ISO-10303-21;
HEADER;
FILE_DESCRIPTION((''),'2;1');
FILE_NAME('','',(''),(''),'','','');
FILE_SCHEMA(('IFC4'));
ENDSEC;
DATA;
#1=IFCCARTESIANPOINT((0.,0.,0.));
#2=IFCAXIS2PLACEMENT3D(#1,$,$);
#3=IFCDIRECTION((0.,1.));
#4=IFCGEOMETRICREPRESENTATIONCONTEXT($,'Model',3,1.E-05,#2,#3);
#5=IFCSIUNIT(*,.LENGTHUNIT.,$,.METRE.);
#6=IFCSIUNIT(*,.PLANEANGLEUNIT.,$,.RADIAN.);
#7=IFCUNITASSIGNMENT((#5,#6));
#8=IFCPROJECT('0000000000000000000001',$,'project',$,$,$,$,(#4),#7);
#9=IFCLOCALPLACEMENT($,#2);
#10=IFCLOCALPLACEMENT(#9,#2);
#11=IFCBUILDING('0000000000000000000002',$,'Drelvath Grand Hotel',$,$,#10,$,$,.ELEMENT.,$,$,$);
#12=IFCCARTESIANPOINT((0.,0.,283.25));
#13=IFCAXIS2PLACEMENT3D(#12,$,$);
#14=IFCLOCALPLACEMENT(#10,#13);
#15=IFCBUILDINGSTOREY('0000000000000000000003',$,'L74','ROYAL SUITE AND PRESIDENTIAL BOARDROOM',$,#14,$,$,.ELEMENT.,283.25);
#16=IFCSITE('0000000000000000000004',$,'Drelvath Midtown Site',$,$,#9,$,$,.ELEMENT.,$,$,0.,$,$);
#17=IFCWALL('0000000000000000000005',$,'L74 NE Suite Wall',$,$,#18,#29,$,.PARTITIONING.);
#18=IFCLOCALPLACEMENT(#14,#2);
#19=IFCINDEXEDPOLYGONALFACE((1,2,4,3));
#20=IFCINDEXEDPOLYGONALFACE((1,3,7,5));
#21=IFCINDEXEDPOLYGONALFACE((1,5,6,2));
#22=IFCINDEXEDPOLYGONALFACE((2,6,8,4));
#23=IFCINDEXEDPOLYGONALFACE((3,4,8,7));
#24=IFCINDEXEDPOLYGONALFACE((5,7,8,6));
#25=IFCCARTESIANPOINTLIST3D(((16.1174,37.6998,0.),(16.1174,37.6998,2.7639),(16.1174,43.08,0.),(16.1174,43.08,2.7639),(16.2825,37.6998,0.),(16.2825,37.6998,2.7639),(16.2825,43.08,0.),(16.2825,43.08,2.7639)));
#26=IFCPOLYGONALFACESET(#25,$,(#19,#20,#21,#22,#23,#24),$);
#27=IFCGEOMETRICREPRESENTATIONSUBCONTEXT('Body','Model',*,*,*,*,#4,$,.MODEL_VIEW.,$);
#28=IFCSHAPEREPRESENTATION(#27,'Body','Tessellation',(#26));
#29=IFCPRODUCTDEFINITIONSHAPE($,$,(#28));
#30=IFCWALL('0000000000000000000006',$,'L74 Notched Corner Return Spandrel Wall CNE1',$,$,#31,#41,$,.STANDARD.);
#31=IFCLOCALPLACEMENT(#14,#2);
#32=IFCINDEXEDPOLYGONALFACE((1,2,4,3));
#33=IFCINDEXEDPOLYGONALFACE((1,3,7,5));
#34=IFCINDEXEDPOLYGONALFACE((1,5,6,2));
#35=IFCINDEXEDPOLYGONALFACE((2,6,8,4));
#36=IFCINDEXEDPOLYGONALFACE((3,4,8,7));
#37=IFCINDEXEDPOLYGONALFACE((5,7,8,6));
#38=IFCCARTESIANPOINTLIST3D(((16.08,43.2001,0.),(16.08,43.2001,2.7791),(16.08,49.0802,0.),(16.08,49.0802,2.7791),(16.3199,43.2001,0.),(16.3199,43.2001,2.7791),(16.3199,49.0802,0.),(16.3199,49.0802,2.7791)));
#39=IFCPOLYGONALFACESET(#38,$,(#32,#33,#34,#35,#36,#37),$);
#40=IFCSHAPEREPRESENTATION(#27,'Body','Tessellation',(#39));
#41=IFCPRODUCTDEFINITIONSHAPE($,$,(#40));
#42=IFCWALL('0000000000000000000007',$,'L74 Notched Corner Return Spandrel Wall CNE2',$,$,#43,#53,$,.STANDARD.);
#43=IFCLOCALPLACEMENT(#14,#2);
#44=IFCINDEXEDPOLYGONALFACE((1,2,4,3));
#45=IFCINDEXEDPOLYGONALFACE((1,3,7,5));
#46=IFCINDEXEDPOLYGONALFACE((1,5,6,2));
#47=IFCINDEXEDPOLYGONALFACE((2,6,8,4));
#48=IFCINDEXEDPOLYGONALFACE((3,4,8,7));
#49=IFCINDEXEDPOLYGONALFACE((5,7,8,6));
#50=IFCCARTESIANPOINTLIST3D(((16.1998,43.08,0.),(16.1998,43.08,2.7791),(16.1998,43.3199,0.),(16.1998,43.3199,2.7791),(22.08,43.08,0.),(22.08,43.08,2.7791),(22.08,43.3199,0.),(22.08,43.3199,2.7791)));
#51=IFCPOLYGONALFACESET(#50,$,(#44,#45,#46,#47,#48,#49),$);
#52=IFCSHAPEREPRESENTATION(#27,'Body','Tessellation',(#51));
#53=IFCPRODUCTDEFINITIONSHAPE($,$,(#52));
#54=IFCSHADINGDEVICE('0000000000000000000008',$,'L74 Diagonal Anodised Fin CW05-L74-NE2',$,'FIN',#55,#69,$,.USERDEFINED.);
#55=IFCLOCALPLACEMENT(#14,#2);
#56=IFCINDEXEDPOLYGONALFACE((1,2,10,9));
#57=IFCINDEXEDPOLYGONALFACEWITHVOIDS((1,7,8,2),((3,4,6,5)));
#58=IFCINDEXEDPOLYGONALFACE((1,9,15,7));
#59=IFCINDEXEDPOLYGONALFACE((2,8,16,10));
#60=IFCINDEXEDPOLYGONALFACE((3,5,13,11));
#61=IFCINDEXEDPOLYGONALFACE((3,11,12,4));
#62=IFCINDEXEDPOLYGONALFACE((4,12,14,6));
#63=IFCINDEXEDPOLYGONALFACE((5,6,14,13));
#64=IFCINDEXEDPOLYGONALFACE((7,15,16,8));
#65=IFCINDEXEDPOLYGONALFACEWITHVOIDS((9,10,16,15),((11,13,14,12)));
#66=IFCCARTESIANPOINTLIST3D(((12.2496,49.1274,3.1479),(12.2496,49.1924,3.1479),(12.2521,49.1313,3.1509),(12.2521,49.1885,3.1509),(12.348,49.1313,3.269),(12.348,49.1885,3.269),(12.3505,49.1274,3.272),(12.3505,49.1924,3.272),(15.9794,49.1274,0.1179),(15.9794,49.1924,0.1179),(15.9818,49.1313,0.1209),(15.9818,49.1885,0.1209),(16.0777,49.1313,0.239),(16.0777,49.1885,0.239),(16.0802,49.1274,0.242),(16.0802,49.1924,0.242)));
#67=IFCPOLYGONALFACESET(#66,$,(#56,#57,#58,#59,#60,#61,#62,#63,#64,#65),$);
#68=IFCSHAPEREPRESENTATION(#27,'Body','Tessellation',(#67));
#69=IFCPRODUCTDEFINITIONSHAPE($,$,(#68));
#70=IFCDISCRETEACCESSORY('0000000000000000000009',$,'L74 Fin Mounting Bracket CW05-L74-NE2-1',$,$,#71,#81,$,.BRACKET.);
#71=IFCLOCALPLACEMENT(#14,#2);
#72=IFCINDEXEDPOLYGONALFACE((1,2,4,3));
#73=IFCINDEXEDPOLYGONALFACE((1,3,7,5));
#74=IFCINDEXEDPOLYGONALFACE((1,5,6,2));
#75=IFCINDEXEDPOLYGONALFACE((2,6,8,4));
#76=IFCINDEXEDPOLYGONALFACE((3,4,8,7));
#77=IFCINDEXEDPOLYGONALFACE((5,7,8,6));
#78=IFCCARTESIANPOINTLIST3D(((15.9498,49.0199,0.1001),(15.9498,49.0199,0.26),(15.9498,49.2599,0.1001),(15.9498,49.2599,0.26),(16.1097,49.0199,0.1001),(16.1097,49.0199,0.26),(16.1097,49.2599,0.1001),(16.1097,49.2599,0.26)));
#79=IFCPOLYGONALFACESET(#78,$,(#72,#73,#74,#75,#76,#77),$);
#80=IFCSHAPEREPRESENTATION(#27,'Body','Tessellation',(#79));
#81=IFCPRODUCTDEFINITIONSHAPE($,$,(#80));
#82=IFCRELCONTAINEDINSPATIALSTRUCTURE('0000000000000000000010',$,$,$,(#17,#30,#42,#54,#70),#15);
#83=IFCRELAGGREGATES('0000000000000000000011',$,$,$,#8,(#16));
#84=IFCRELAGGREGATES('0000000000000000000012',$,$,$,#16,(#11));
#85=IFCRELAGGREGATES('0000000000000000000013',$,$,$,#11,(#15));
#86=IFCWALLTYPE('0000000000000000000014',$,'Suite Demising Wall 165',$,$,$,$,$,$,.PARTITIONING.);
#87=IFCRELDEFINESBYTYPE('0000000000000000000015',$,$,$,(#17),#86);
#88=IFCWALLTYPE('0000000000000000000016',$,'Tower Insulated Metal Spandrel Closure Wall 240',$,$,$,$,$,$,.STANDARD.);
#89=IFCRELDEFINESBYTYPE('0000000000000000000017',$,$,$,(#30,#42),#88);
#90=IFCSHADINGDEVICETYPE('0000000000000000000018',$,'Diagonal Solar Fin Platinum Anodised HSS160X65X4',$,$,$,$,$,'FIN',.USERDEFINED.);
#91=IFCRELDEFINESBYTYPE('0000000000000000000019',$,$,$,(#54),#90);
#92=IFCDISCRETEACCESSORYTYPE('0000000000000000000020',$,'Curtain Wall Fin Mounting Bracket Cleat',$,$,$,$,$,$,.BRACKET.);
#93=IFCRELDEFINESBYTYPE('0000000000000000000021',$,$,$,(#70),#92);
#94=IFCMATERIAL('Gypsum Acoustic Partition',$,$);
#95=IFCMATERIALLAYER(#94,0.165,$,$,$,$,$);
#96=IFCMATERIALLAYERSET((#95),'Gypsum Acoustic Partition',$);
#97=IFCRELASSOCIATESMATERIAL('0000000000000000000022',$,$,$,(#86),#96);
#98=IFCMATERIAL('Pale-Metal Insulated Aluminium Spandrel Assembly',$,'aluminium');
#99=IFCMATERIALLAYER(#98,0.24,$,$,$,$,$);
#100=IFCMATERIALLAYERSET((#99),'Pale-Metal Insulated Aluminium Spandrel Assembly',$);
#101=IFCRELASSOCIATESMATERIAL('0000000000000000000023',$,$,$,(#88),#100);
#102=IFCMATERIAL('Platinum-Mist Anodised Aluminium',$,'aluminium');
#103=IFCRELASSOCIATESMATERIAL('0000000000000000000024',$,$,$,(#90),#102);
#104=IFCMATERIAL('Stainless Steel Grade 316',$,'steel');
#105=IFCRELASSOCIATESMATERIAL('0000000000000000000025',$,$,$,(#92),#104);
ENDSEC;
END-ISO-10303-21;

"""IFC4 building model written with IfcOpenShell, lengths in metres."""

from ifc_helpers import new_model, si_unit, direction, frame, frame_2d, origin, origin_2d, place, context, subcontext, project, spatial, rectangle, hollow_rectangle, extrude, material, layer, layer_set, material_profile, profile_set, type_object, element, save


model = new_model("IFC4")

# Units and contexts
model_context = context("Model", 3, precision=1e-05, world=origin(), true_north=direction((0.0, 1.0)))
body_context = subcontext(model_context, "Body", "Model", "MODEL_VIEW")
ifc_project = project(units=[si_unit("LENGTHUNIT", "METRE"), si_unit("PLANEANGLEUNIT", "RADIAN")], contexts=[model_context])

# Site, building, storey
site_placement = place(None, origin())
site = spatial("IfcSite", under=ifc_project, at=site_placement, Name="Drelvath Midtown Site", CompositionType="ELEMENT", RefElevation=0.0)
building_placement = place(site_placement, origin())
building = spatial("IfcBuilding", under=site, at=building_placement, Name="Drelvath Grand Hotel", CompositionType="ELEMENT")
storey_placement = place(building_placement, frame((0.0, 0.0, 283.25)))
storey = spatial("IfcBuildingStorey", under=building, at=storey_placement, Name="L74", Description="ROYAL SUITE AND PRESIDENTIAL BOARDROOM", CompositionType="ELEMENT", Elevation=283.25)

# Walls
ifc_material_1 = material(Name="Gypsum Acoustic Partition")
ifc_layer_1 = layer(ifc_material_1, 0.165)
ifc_layer_set_1 = layer_set([ifc_layer_1], Name="Gypsum Acoustic Partition")
wall_type_1 = type_object("IfcWallType", Name="Suite Demising Wall 165", PredefinedType="PARTITIONING", material=ifc_layer_set_1)
wall_1_placement = place(storey_placement, frame((16.2, 37.7, 0.0), z_axis=(0.0, 0.0, 1.0), x_axis=(0.0, 1.0, 0.0)))
element("IfcWall", 1, at=wall_1_placement, inside=storey, type_object=wall_type_1, Name="L74 NE Suite Wall", PredefinedType="PARTITIONING", context=body_context, shape_type="SweptSolid", body=[
    extrude(rectangle(XDim=5.3801, YDim=0.165, at=frame_2d((2.6899, 0.0))), origin(), (0.0, 0.0, 1.0), 2.7639),
])
ifc_material_2 = material(Name="Pale-Metal Insulated Aluminium Spandrel Assembly", Category="aluminium")
ifc_layer_2 = layer(ifc_material_2, 0.24)
ifc_layer_set_2 = layer_set([ifc_layer_2], Name="Pale-Metal Insulated Aluminium Spandrel Assembly")
wall_type_2 = type_object("IfcWallType", Name="Tower Insulated Metal Spandrel Closure Wall 240", PredefinedType="STANDARD", material=ifc_layer_set_2)
for number, where, z_axis, x_axis, name in (
    (2, (16.2, 49.0801, 0.0), (0.0, 0.0, 1.0), (0.0, -1.0, 0.0), "L74 Notched Corner Return Spandrel Wall CNE1"),
    (3, (16.2, 43.2, 0.0), (0.0, 0.0, 1.0), (1.0, 0.0, 0.0), "L74 Notched Corner Return Spandrel Wall CNE2"),
):
    element("IfcWall", number, at=place(storey_placement, frame(where, z_axis=z_axis, x_axis=x_axis)), inside=storey, type_object=wall_type_2, Name=name, PredefinedType="STANDARD", context=body_context, shape_type="SweptSolid", body=[
        extrude(rectangle(XDim=5.8801, YDim=0.24, at=frame_2d((2.9399, 0.0))), origin(), (0.0, 0.0, 1.0), 2.7791),
    ])

# Shading device
ifc_material_3 = material(Name="Platinum-Mist Anodised Aluminium", Category="aluminium")
ifc_material_profile_1 = material_profile(ifc_material_3, hollow_rectangle(XDim=0.0649, YDim=0.1599, WallThickness=0.0039, at=origin_2d()), Name="HSS160X65X4")
ifc_profile_set_1 = profile_set([ifc_material_profile_1], Name="Platinum-Mist Anodised Aluminium")
shading_device_type = type_object("IfcShadingDeviceType", Name="Diagonal Solar Fin Platinum Anodised HSS160X65X4", ElementType="FIN", PredefinedType="USERDEFINED", material=ifc_profile_set_1)
shading_device_placement = place(storey_placement, frame((16.0298, 49.1599, 0.1799), z_axis=(-0.776153, 0.0, 0.630545), x_axis=(0.0, -1.0, 0.0)))
element("IfcShadingDevice", 4, at=shading_device_placement, inside=storey, type_object=shading_device_type, Name="L74 Diagonal Anodised Fin CW05-L74-NE2", ObjectType="FIN", PredefinedType="USERDEFINED", context=body_context, shape_type="SweptSolid", body=[
    extrude(hollow_rectangle(XDim=0.0649, YDim=0.1599, WallThickness=0.0039, at=origin_2d()), origin(), (0.0, 0.0, 1.0), 4.8054),
])

# Discrete accessory
ifc_material_4 = material(Name="Stainless Steel Grade 316", Category="steel")
discrete_accessory_type = type_object("IfcDiscreteAccessoryType", Name="Curtain Wall Fin Mounting Bracket Cleat", PredefinedType="BRACKET", material=ifc_material_4)
discrete_accessory_placement = place(storey_placement, frame((16.0298, 49.1399, 0.1001), z_axis=(0.0, 0.0, 1.0), x_axis=(1.0, 0.0, 0.0)))
element("IfcDiscreteAccessory", 5, at=discrete_accessory_placement, inside=storey, type_object=discrete_accessory_type, Name="L74 Fin Mounting Bracket CW05-L74-NE2-1", PredefinedType="BRACKET", context=body_context, shape_type="SweptSolid", body=[
    extrude(rectangle(XDim=0.1599, YDim=0.24, at=origin_2d()), origin(), (0.0, 0.0, 1.0), 0.1599),
])

save(model, "model.ifc")
